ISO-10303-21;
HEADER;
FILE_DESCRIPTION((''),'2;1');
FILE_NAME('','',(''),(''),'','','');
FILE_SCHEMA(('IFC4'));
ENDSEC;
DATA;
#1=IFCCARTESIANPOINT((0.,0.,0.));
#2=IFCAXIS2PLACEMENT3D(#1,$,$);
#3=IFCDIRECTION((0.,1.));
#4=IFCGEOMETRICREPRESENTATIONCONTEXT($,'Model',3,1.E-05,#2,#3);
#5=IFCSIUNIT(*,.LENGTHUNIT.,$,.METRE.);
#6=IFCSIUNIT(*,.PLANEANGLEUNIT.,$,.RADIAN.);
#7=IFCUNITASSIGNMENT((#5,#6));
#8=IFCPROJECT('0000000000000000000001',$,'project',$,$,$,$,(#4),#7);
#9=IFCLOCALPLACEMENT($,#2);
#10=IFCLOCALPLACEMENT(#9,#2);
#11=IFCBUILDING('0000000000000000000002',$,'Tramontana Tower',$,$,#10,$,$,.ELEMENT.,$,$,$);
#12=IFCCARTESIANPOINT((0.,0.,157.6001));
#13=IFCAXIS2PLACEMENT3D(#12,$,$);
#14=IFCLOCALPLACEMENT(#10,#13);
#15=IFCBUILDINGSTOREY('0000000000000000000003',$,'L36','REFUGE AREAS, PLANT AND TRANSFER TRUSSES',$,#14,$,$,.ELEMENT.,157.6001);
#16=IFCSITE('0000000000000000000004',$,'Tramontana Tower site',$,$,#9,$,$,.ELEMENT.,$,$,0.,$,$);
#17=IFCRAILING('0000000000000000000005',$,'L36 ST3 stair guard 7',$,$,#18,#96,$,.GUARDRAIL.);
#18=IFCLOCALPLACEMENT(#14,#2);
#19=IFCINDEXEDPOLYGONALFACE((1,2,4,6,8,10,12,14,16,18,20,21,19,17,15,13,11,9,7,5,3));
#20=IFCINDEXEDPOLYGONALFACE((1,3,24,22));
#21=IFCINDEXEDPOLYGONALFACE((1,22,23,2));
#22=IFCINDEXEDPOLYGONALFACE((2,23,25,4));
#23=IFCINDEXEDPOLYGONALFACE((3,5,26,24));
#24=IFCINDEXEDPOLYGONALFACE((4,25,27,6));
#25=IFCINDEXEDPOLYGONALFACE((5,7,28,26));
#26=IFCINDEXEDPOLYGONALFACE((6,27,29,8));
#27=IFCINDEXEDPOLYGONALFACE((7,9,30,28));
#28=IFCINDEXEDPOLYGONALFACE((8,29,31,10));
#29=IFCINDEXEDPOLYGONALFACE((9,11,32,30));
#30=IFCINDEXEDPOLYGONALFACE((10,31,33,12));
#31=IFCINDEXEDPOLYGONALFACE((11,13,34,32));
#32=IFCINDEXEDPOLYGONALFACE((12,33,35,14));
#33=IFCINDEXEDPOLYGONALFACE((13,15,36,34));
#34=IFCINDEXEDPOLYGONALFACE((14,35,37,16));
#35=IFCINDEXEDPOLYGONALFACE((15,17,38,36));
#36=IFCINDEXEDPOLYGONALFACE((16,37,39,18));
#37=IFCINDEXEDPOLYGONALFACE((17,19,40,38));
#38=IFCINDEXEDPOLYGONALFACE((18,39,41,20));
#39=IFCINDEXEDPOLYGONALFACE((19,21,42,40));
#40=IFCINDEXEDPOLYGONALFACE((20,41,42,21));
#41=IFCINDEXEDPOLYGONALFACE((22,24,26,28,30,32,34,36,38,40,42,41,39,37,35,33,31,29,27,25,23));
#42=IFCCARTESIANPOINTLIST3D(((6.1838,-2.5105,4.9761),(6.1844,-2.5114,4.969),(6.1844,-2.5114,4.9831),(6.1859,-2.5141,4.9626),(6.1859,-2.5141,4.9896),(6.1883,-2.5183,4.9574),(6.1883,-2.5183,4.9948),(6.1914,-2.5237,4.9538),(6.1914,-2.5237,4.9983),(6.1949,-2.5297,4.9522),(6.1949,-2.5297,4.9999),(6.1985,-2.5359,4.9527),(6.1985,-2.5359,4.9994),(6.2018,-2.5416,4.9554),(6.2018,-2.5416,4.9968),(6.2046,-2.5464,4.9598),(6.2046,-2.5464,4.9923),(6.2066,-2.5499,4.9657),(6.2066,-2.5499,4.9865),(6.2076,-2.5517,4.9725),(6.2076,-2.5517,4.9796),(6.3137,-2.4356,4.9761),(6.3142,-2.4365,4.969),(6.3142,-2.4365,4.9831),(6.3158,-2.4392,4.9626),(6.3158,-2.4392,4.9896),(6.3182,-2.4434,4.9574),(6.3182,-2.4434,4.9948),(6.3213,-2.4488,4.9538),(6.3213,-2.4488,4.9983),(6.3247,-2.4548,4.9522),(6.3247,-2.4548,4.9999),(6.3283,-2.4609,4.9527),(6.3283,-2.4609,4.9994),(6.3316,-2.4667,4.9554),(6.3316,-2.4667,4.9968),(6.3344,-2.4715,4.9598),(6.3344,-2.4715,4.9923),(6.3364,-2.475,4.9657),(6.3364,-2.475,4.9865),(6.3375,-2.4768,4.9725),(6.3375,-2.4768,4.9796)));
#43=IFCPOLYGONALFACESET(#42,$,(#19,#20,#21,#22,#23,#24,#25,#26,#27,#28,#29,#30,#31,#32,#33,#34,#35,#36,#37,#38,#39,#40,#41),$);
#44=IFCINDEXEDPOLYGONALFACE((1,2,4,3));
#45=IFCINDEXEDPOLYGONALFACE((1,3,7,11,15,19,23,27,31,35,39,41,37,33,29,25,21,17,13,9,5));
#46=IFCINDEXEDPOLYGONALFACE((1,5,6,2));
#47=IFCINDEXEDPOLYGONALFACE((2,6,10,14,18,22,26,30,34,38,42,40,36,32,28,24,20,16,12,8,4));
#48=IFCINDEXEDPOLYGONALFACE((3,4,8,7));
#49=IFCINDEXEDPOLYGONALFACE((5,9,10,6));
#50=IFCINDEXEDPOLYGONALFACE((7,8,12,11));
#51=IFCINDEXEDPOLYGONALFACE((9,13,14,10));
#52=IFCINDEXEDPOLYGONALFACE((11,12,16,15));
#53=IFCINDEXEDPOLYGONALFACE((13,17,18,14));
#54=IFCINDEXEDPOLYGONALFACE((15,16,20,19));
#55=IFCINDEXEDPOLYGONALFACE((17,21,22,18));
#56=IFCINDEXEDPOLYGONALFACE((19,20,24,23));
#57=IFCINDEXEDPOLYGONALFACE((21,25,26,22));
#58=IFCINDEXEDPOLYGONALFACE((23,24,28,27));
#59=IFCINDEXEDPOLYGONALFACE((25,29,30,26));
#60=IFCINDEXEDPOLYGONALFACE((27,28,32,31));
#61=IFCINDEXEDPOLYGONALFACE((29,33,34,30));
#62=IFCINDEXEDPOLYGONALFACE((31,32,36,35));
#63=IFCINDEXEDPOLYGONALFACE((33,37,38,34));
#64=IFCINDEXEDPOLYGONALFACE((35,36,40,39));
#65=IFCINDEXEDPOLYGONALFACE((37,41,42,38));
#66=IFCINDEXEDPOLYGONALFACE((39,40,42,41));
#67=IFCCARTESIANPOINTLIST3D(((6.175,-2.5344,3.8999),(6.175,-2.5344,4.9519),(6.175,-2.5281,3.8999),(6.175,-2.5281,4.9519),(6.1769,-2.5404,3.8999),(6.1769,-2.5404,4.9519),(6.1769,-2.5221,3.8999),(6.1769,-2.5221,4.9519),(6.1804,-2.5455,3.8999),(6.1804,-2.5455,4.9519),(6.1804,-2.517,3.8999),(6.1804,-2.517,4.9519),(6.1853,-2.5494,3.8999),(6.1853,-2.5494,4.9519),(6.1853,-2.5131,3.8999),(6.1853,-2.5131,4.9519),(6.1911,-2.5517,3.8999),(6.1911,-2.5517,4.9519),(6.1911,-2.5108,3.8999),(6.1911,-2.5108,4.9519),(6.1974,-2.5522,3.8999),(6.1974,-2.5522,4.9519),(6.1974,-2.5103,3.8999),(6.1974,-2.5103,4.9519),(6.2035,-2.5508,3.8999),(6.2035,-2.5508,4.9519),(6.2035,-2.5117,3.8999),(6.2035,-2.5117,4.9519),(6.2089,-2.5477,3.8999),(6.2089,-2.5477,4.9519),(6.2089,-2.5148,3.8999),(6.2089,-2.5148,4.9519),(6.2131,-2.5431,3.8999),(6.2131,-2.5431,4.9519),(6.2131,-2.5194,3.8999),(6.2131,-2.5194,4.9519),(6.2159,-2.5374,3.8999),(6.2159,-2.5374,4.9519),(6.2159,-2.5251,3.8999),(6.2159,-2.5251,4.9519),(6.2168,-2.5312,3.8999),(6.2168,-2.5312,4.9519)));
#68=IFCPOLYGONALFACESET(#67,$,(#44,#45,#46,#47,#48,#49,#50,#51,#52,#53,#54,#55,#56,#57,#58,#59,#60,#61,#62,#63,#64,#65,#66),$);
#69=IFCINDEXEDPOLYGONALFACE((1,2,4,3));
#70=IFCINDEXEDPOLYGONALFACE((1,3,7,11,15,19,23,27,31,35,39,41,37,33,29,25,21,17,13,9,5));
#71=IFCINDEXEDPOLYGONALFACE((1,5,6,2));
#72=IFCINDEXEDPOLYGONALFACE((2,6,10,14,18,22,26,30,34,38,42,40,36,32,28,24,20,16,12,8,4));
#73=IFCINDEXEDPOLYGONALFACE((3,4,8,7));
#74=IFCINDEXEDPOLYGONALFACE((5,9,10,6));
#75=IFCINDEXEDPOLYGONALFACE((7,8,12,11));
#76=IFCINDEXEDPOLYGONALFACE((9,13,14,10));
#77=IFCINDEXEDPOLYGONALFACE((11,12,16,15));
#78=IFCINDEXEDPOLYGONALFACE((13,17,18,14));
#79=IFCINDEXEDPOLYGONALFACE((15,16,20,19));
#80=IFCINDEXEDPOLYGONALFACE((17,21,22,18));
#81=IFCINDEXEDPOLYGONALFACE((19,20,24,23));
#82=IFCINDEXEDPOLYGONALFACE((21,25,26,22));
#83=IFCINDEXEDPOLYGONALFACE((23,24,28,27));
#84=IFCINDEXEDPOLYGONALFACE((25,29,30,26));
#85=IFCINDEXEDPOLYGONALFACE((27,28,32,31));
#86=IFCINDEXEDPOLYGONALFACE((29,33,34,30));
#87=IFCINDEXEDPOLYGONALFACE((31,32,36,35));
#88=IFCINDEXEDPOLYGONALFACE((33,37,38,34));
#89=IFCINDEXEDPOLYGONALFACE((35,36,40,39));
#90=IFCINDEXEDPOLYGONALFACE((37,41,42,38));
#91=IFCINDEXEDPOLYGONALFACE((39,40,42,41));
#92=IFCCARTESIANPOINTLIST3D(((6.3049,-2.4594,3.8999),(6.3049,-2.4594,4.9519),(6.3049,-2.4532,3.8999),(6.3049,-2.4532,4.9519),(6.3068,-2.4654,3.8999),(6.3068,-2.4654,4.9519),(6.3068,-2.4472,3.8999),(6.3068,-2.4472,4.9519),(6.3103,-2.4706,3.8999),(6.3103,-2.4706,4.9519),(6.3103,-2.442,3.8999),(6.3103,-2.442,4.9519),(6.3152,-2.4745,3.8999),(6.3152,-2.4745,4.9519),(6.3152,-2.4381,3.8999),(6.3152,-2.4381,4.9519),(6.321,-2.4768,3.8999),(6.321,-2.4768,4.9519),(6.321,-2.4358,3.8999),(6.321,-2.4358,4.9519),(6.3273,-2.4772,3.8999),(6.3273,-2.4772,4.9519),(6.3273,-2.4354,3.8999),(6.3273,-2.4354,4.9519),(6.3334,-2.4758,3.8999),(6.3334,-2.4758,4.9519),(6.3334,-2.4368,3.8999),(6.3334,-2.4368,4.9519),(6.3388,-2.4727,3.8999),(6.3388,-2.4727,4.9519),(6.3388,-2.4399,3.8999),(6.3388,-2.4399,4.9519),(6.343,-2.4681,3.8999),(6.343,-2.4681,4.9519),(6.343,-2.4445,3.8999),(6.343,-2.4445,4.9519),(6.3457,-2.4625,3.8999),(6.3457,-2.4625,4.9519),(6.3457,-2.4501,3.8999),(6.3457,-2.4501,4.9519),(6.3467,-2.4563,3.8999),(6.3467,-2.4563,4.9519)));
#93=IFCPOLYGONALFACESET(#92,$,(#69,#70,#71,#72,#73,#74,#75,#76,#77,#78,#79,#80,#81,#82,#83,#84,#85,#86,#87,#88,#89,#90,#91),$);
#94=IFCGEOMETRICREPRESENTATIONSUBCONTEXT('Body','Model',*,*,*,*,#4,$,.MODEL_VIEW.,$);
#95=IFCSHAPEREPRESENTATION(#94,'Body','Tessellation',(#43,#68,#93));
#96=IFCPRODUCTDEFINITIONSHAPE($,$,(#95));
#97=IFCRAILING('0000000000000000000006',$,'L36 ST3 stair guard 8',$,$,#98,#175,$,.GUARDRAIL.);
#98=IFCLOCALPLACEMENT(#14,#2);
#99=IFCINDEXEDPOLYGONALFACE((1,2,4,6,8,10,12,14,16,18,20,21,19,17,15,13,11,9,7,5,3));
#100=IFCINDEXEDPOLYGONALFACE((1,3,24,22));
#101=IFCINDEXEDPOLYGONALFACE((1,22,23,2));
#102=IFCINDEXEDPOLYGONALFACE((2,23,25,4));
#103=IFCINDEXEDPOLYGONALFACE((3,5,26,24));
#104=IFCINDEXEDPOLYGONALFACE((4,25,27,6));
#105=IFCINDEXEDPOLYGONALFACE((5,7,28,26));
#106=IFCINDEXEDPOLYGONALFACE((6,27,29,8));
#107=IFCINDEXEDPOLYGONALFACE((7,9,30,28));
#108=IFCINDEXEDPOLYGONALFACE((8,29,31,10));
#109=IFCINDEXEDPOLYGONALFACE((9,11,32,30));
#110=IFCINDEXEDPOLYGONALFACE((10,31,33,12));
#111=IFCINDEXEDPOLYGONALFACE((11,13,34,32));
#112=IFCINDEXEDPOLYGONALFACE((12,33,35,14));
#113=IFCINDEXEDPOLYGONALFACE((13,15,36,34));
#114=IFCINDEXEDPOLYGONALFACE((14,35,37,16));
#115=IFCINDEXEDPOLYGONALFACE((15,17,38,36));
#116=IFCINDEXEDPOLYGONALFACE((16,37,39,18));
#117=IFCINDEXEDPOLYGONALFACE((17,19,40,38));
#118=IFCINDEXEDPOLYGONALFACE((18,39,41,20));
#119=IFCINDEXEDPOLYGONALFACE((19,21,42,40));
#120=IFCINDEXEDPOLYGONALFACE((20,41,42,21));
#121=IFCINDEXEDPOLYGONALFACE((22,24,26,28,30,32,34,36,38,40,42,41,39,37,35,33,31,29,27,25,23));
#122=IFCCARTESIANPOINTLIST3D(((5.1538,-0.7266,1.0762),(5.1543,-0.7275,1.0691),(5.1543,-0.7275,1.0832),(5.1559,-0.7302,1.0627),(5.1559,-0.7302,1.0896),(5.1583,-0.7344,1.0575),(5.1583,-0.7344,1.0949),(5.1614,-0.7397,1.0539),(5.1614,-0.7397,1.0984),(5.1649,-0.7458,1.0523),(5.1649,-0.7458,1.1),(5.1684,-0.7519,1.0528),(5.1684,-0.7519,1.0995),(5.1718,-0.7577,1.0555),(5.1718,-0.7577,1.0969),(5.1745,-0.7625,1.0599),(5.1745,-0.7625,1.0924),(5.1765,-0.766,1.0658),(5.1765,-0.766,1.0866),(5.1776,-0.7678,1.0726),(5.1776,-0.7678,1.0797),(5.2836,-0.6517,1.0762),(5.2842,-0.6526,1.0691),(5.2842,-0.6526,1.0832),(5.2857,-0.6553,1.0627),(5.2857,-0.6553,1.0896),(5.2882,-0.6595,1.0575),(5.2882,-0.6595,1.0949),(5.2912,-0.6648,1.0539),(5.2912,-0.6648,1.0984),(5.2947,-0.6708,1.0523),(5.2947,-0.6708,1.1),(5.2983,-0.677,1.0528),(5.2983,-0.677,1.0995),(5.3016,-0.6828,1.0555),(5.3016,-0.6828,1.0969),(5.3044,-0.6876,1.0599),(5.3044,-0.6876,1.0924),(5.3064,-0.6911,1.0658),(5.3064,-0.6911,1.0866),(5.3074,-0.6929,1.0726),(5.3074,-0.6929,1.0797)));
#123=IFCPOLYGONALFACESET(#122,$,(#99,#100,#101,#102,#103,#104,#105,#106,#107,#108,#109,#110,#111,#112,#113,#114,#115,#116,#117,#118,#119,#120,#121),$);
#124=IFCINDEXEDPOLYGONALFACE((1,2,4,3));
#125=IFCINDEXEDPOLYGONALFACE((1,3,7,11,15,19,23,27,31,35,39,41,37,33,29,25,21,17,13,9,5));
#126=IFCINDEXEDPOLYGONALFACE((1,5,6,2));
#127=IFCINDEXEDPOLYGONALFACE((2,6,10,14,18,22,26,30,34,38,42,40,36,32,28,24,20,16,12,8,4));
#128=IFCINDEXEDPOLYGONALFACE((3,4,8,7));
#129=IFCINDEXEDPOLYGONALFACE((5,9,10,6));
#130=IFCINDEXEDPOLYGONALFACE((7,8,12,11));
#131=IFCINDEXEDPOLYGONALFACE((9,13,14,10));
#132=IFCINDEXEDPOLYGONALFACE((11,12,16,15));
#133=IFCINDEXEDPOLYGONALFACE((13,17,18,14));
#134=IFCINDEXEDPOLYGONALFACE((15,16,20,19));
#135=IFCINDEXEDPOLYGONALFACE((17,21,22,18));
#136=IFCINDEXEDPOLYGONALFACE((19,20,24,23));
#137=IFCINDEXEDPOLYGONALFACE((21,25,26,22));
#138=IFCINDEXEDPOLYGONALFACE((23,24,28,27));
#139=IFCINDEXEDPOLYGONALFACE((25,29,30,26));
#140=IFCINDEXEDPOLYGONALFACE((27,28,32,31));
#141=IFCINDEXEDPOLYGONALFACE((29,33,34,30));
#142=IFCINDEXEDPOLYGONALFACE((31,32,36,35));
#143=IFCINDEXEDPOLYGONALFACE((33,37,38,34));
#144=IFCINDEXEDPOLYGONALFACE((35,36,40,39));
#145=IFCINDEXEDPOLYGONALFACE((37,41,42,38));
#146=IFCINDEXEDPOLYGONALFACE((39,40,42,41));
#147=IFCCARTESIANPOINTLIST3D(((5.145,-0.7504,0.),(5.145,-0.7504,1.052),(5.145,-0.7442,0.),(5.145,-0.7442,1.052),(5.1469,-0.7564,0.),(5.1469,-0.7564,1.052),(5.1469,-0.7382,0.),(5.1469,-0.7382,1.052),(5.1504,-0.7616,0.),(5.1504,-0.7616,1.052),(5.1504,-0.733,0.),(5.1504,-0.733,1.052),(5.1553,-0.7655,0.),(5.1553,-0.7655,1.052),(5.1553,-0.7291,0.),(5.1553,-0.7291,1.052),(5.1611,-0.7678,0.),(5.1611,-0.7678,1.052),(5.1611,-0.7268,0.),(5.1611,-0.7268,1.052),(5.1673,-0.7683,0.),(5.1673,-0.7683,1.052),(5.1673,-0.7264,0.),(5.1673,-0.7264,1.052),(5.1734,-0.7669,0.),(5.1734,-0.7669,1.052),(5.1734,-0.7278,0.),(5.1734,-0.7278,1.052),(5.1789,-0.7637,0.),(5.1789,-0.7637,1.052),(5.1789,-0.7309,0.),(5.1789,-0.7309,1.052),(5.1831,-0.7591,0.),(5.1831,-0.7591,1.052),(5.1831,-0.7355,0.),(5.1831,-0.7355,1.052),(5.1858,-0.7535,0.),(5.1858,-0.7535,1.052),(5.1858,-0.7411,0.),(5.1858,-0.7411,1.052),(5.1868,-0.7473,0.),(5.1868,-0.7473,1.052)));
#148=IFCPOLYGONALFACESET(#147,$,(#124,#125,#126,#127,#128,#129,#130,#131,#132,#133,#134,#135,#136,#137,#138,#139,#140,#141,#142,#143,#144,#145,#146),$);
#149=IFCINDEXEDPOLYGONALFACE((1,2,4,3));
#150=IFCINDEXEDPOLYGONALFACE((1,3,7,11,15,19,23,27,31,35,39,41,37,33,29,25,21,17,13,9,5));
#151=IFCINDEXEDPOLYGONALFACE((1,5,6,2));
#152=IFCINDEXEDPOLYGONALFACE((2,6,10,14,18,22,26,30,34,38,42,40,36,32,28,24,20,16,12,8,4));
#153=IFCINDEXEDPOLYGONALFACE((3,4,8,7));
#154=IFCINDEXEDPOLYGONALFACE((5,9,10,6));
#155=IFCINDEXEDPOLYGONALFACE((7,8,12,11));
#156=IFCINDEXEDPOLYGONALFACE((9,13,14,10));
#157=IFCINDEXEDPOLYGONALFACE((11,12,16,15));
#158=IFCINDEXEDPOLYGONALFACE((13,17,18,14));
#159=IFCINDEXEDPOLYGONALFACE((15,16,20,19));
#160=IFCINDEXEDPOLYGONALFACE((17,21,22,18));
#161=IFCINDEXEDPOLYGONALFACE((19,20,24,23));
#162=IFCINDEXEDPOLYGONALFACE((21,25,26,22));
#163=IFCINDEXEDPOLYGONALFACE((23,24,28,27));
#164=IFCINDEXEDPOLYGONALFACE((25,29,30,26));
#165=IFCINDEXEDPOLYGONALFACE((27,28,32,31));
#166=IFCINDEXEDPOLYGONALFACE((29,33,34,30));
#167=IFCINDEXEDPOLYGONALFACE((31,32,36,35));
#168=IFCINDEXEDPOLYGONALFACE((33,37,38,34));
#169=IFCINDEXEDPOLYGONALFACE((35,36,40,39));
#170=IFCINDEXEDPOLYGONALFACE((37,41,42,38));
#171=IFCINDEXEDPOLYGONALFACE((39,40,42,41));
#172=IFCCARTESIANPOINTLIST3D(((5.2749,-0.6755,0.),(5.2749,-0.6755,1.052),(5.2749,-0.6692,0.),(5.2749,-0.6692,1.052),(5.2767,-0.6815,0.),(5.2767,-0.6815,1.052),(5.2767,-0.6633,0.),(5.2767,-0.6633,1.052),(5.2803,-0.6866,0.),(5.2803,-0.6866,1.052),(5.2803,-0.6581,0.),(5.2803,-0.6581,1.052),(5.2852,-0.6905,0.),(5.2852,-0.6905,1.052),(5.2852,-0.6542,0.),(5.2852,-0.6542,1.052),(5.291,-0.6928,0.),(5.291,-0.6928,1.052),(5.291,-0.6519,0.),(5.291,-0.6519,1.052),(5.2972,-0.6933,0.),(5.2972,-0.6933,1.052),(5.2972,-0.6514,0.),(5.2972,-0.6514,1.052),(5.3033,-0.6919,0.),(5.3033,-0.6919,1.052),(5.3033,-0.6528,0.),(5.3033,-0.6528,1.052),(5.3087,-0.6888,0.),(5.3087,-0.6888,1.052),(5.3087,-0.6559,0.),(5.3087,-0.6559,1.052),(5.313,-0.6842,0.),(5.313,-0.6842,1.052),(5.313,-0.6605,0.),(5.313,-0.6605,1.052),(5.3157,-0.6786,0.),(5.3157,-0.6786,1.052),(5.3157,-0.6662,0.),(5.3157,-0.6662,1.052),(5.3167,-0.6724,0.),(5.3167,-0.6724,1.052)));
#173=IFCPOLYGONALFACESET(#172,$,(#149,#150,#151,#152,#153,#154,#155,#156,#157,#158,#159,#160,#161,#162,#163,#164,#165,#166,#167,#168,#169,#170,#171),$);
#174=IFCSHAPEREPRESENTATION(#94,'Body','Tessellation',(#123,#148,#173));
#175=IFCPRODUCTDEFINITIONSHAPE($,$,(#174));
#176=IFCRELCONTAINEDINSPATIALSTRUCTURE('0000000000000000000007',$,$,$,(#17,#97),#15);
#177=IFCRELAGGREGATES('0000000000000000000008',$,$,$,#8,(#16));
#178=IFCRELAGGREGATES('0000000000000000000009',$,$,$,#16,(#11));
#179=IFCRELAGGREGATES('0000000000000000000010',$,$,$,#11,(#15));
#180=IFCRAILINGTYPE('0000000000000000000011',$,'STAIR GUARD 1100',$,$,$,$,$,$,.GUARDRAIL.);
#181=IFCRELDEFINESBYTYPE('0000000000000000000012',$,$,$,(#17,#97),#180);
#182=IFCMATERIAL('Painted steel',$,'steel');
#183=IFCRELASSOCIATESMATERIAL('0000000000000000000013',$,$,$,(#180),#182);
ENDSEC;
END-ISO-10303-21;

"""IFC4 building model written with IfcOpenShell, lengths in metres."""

from ifc_helpers import new_model, si_unit, direction, frame, origin, origin_2d, place, context, subcontext, project, spatial, circle, extrude, material, type_object, element, save


model = new_model("IFC4")

# Units and contexts
model_context = context("Model", 3, precision=1e-05, world=origin(), true_north=direction((0.0, 1.0)))
body_context = subcontext(model_context, "Body", "Model", "MODEL_VIEW")
ifc_project = project(units=[si_unit("LENGTHUNIT", "METRE"), si_unit("PLANEANGLEUNIT", "RADIAN")], contexts=[model_context])

# Site, building, storey
site_placement = place(None, origin())
site = spatial("IfcSite", under=ifc_project, at=site_placement, Name="Tramontana Tower site", CompositionType="ELEMENT", RefElevation=0.0)
building_placement = place(site_placement, origin())
building = spatial("IfcBuilding", under=site, at=building_placement, Name="Tramontana Tower", CompositionType="ELEMENT")
storey_placement = place(building_placement, frame((0.0, 0.0, 157.6001)))
storey = spatial("IfcBuildingStorey", under=building, at=storey_placement, Name="L36", Description="REFUGE AREAS, PLANT AND TRANSFER TRUSSES", CompositionType="ELEMENT", Elevation=157.6001)

# Railings
ifc_material_1 = material(Name="Painted steel", Category="steel")
railing_type_1 = type_object("IfcRailingType", Name="STAIR GUARD 1100", PredefinedType="GUARDRAIL", material=ifc_material_1)
for number, where, name in (
    (1, (6.1958, -2.5312, 3.8999), "L36 ST3 stair guard 7"),
    (2, (5.1658, -0.7473, 0.0), "L36 ST3 stair guard 8"),
):
    element("IfcRailing", number, at=place(storey_placement, frame(where)), inside=storey, type_object=railing_type_1, Name=name, PredefinedType="GUARDRAIL", context=body_context, shape_type="SweptSolid", body=[
        extrude(circle(Radius=0.0239, at=origin_2d()), frame((0.0, 0.0, 1.0762), z_axis=(0.866131, 0.499816, 0.0), x_axis=(-0.499816, 0.866131, 0.0)), (0.0, 0.0, 1.0), 0.1499),
        extrude(circle(Radius=0.021, at=origin_2d()), origin(), (0.0, 0.0, 1.0), 1.052),
        extrude(circle(Radius=0.021, at=origin_2d()), frame((0.1299, 0.075, 0.0)), (0.0, 0.0, 1.0), 1.052),
    ])

save(model, "model.ifc")
